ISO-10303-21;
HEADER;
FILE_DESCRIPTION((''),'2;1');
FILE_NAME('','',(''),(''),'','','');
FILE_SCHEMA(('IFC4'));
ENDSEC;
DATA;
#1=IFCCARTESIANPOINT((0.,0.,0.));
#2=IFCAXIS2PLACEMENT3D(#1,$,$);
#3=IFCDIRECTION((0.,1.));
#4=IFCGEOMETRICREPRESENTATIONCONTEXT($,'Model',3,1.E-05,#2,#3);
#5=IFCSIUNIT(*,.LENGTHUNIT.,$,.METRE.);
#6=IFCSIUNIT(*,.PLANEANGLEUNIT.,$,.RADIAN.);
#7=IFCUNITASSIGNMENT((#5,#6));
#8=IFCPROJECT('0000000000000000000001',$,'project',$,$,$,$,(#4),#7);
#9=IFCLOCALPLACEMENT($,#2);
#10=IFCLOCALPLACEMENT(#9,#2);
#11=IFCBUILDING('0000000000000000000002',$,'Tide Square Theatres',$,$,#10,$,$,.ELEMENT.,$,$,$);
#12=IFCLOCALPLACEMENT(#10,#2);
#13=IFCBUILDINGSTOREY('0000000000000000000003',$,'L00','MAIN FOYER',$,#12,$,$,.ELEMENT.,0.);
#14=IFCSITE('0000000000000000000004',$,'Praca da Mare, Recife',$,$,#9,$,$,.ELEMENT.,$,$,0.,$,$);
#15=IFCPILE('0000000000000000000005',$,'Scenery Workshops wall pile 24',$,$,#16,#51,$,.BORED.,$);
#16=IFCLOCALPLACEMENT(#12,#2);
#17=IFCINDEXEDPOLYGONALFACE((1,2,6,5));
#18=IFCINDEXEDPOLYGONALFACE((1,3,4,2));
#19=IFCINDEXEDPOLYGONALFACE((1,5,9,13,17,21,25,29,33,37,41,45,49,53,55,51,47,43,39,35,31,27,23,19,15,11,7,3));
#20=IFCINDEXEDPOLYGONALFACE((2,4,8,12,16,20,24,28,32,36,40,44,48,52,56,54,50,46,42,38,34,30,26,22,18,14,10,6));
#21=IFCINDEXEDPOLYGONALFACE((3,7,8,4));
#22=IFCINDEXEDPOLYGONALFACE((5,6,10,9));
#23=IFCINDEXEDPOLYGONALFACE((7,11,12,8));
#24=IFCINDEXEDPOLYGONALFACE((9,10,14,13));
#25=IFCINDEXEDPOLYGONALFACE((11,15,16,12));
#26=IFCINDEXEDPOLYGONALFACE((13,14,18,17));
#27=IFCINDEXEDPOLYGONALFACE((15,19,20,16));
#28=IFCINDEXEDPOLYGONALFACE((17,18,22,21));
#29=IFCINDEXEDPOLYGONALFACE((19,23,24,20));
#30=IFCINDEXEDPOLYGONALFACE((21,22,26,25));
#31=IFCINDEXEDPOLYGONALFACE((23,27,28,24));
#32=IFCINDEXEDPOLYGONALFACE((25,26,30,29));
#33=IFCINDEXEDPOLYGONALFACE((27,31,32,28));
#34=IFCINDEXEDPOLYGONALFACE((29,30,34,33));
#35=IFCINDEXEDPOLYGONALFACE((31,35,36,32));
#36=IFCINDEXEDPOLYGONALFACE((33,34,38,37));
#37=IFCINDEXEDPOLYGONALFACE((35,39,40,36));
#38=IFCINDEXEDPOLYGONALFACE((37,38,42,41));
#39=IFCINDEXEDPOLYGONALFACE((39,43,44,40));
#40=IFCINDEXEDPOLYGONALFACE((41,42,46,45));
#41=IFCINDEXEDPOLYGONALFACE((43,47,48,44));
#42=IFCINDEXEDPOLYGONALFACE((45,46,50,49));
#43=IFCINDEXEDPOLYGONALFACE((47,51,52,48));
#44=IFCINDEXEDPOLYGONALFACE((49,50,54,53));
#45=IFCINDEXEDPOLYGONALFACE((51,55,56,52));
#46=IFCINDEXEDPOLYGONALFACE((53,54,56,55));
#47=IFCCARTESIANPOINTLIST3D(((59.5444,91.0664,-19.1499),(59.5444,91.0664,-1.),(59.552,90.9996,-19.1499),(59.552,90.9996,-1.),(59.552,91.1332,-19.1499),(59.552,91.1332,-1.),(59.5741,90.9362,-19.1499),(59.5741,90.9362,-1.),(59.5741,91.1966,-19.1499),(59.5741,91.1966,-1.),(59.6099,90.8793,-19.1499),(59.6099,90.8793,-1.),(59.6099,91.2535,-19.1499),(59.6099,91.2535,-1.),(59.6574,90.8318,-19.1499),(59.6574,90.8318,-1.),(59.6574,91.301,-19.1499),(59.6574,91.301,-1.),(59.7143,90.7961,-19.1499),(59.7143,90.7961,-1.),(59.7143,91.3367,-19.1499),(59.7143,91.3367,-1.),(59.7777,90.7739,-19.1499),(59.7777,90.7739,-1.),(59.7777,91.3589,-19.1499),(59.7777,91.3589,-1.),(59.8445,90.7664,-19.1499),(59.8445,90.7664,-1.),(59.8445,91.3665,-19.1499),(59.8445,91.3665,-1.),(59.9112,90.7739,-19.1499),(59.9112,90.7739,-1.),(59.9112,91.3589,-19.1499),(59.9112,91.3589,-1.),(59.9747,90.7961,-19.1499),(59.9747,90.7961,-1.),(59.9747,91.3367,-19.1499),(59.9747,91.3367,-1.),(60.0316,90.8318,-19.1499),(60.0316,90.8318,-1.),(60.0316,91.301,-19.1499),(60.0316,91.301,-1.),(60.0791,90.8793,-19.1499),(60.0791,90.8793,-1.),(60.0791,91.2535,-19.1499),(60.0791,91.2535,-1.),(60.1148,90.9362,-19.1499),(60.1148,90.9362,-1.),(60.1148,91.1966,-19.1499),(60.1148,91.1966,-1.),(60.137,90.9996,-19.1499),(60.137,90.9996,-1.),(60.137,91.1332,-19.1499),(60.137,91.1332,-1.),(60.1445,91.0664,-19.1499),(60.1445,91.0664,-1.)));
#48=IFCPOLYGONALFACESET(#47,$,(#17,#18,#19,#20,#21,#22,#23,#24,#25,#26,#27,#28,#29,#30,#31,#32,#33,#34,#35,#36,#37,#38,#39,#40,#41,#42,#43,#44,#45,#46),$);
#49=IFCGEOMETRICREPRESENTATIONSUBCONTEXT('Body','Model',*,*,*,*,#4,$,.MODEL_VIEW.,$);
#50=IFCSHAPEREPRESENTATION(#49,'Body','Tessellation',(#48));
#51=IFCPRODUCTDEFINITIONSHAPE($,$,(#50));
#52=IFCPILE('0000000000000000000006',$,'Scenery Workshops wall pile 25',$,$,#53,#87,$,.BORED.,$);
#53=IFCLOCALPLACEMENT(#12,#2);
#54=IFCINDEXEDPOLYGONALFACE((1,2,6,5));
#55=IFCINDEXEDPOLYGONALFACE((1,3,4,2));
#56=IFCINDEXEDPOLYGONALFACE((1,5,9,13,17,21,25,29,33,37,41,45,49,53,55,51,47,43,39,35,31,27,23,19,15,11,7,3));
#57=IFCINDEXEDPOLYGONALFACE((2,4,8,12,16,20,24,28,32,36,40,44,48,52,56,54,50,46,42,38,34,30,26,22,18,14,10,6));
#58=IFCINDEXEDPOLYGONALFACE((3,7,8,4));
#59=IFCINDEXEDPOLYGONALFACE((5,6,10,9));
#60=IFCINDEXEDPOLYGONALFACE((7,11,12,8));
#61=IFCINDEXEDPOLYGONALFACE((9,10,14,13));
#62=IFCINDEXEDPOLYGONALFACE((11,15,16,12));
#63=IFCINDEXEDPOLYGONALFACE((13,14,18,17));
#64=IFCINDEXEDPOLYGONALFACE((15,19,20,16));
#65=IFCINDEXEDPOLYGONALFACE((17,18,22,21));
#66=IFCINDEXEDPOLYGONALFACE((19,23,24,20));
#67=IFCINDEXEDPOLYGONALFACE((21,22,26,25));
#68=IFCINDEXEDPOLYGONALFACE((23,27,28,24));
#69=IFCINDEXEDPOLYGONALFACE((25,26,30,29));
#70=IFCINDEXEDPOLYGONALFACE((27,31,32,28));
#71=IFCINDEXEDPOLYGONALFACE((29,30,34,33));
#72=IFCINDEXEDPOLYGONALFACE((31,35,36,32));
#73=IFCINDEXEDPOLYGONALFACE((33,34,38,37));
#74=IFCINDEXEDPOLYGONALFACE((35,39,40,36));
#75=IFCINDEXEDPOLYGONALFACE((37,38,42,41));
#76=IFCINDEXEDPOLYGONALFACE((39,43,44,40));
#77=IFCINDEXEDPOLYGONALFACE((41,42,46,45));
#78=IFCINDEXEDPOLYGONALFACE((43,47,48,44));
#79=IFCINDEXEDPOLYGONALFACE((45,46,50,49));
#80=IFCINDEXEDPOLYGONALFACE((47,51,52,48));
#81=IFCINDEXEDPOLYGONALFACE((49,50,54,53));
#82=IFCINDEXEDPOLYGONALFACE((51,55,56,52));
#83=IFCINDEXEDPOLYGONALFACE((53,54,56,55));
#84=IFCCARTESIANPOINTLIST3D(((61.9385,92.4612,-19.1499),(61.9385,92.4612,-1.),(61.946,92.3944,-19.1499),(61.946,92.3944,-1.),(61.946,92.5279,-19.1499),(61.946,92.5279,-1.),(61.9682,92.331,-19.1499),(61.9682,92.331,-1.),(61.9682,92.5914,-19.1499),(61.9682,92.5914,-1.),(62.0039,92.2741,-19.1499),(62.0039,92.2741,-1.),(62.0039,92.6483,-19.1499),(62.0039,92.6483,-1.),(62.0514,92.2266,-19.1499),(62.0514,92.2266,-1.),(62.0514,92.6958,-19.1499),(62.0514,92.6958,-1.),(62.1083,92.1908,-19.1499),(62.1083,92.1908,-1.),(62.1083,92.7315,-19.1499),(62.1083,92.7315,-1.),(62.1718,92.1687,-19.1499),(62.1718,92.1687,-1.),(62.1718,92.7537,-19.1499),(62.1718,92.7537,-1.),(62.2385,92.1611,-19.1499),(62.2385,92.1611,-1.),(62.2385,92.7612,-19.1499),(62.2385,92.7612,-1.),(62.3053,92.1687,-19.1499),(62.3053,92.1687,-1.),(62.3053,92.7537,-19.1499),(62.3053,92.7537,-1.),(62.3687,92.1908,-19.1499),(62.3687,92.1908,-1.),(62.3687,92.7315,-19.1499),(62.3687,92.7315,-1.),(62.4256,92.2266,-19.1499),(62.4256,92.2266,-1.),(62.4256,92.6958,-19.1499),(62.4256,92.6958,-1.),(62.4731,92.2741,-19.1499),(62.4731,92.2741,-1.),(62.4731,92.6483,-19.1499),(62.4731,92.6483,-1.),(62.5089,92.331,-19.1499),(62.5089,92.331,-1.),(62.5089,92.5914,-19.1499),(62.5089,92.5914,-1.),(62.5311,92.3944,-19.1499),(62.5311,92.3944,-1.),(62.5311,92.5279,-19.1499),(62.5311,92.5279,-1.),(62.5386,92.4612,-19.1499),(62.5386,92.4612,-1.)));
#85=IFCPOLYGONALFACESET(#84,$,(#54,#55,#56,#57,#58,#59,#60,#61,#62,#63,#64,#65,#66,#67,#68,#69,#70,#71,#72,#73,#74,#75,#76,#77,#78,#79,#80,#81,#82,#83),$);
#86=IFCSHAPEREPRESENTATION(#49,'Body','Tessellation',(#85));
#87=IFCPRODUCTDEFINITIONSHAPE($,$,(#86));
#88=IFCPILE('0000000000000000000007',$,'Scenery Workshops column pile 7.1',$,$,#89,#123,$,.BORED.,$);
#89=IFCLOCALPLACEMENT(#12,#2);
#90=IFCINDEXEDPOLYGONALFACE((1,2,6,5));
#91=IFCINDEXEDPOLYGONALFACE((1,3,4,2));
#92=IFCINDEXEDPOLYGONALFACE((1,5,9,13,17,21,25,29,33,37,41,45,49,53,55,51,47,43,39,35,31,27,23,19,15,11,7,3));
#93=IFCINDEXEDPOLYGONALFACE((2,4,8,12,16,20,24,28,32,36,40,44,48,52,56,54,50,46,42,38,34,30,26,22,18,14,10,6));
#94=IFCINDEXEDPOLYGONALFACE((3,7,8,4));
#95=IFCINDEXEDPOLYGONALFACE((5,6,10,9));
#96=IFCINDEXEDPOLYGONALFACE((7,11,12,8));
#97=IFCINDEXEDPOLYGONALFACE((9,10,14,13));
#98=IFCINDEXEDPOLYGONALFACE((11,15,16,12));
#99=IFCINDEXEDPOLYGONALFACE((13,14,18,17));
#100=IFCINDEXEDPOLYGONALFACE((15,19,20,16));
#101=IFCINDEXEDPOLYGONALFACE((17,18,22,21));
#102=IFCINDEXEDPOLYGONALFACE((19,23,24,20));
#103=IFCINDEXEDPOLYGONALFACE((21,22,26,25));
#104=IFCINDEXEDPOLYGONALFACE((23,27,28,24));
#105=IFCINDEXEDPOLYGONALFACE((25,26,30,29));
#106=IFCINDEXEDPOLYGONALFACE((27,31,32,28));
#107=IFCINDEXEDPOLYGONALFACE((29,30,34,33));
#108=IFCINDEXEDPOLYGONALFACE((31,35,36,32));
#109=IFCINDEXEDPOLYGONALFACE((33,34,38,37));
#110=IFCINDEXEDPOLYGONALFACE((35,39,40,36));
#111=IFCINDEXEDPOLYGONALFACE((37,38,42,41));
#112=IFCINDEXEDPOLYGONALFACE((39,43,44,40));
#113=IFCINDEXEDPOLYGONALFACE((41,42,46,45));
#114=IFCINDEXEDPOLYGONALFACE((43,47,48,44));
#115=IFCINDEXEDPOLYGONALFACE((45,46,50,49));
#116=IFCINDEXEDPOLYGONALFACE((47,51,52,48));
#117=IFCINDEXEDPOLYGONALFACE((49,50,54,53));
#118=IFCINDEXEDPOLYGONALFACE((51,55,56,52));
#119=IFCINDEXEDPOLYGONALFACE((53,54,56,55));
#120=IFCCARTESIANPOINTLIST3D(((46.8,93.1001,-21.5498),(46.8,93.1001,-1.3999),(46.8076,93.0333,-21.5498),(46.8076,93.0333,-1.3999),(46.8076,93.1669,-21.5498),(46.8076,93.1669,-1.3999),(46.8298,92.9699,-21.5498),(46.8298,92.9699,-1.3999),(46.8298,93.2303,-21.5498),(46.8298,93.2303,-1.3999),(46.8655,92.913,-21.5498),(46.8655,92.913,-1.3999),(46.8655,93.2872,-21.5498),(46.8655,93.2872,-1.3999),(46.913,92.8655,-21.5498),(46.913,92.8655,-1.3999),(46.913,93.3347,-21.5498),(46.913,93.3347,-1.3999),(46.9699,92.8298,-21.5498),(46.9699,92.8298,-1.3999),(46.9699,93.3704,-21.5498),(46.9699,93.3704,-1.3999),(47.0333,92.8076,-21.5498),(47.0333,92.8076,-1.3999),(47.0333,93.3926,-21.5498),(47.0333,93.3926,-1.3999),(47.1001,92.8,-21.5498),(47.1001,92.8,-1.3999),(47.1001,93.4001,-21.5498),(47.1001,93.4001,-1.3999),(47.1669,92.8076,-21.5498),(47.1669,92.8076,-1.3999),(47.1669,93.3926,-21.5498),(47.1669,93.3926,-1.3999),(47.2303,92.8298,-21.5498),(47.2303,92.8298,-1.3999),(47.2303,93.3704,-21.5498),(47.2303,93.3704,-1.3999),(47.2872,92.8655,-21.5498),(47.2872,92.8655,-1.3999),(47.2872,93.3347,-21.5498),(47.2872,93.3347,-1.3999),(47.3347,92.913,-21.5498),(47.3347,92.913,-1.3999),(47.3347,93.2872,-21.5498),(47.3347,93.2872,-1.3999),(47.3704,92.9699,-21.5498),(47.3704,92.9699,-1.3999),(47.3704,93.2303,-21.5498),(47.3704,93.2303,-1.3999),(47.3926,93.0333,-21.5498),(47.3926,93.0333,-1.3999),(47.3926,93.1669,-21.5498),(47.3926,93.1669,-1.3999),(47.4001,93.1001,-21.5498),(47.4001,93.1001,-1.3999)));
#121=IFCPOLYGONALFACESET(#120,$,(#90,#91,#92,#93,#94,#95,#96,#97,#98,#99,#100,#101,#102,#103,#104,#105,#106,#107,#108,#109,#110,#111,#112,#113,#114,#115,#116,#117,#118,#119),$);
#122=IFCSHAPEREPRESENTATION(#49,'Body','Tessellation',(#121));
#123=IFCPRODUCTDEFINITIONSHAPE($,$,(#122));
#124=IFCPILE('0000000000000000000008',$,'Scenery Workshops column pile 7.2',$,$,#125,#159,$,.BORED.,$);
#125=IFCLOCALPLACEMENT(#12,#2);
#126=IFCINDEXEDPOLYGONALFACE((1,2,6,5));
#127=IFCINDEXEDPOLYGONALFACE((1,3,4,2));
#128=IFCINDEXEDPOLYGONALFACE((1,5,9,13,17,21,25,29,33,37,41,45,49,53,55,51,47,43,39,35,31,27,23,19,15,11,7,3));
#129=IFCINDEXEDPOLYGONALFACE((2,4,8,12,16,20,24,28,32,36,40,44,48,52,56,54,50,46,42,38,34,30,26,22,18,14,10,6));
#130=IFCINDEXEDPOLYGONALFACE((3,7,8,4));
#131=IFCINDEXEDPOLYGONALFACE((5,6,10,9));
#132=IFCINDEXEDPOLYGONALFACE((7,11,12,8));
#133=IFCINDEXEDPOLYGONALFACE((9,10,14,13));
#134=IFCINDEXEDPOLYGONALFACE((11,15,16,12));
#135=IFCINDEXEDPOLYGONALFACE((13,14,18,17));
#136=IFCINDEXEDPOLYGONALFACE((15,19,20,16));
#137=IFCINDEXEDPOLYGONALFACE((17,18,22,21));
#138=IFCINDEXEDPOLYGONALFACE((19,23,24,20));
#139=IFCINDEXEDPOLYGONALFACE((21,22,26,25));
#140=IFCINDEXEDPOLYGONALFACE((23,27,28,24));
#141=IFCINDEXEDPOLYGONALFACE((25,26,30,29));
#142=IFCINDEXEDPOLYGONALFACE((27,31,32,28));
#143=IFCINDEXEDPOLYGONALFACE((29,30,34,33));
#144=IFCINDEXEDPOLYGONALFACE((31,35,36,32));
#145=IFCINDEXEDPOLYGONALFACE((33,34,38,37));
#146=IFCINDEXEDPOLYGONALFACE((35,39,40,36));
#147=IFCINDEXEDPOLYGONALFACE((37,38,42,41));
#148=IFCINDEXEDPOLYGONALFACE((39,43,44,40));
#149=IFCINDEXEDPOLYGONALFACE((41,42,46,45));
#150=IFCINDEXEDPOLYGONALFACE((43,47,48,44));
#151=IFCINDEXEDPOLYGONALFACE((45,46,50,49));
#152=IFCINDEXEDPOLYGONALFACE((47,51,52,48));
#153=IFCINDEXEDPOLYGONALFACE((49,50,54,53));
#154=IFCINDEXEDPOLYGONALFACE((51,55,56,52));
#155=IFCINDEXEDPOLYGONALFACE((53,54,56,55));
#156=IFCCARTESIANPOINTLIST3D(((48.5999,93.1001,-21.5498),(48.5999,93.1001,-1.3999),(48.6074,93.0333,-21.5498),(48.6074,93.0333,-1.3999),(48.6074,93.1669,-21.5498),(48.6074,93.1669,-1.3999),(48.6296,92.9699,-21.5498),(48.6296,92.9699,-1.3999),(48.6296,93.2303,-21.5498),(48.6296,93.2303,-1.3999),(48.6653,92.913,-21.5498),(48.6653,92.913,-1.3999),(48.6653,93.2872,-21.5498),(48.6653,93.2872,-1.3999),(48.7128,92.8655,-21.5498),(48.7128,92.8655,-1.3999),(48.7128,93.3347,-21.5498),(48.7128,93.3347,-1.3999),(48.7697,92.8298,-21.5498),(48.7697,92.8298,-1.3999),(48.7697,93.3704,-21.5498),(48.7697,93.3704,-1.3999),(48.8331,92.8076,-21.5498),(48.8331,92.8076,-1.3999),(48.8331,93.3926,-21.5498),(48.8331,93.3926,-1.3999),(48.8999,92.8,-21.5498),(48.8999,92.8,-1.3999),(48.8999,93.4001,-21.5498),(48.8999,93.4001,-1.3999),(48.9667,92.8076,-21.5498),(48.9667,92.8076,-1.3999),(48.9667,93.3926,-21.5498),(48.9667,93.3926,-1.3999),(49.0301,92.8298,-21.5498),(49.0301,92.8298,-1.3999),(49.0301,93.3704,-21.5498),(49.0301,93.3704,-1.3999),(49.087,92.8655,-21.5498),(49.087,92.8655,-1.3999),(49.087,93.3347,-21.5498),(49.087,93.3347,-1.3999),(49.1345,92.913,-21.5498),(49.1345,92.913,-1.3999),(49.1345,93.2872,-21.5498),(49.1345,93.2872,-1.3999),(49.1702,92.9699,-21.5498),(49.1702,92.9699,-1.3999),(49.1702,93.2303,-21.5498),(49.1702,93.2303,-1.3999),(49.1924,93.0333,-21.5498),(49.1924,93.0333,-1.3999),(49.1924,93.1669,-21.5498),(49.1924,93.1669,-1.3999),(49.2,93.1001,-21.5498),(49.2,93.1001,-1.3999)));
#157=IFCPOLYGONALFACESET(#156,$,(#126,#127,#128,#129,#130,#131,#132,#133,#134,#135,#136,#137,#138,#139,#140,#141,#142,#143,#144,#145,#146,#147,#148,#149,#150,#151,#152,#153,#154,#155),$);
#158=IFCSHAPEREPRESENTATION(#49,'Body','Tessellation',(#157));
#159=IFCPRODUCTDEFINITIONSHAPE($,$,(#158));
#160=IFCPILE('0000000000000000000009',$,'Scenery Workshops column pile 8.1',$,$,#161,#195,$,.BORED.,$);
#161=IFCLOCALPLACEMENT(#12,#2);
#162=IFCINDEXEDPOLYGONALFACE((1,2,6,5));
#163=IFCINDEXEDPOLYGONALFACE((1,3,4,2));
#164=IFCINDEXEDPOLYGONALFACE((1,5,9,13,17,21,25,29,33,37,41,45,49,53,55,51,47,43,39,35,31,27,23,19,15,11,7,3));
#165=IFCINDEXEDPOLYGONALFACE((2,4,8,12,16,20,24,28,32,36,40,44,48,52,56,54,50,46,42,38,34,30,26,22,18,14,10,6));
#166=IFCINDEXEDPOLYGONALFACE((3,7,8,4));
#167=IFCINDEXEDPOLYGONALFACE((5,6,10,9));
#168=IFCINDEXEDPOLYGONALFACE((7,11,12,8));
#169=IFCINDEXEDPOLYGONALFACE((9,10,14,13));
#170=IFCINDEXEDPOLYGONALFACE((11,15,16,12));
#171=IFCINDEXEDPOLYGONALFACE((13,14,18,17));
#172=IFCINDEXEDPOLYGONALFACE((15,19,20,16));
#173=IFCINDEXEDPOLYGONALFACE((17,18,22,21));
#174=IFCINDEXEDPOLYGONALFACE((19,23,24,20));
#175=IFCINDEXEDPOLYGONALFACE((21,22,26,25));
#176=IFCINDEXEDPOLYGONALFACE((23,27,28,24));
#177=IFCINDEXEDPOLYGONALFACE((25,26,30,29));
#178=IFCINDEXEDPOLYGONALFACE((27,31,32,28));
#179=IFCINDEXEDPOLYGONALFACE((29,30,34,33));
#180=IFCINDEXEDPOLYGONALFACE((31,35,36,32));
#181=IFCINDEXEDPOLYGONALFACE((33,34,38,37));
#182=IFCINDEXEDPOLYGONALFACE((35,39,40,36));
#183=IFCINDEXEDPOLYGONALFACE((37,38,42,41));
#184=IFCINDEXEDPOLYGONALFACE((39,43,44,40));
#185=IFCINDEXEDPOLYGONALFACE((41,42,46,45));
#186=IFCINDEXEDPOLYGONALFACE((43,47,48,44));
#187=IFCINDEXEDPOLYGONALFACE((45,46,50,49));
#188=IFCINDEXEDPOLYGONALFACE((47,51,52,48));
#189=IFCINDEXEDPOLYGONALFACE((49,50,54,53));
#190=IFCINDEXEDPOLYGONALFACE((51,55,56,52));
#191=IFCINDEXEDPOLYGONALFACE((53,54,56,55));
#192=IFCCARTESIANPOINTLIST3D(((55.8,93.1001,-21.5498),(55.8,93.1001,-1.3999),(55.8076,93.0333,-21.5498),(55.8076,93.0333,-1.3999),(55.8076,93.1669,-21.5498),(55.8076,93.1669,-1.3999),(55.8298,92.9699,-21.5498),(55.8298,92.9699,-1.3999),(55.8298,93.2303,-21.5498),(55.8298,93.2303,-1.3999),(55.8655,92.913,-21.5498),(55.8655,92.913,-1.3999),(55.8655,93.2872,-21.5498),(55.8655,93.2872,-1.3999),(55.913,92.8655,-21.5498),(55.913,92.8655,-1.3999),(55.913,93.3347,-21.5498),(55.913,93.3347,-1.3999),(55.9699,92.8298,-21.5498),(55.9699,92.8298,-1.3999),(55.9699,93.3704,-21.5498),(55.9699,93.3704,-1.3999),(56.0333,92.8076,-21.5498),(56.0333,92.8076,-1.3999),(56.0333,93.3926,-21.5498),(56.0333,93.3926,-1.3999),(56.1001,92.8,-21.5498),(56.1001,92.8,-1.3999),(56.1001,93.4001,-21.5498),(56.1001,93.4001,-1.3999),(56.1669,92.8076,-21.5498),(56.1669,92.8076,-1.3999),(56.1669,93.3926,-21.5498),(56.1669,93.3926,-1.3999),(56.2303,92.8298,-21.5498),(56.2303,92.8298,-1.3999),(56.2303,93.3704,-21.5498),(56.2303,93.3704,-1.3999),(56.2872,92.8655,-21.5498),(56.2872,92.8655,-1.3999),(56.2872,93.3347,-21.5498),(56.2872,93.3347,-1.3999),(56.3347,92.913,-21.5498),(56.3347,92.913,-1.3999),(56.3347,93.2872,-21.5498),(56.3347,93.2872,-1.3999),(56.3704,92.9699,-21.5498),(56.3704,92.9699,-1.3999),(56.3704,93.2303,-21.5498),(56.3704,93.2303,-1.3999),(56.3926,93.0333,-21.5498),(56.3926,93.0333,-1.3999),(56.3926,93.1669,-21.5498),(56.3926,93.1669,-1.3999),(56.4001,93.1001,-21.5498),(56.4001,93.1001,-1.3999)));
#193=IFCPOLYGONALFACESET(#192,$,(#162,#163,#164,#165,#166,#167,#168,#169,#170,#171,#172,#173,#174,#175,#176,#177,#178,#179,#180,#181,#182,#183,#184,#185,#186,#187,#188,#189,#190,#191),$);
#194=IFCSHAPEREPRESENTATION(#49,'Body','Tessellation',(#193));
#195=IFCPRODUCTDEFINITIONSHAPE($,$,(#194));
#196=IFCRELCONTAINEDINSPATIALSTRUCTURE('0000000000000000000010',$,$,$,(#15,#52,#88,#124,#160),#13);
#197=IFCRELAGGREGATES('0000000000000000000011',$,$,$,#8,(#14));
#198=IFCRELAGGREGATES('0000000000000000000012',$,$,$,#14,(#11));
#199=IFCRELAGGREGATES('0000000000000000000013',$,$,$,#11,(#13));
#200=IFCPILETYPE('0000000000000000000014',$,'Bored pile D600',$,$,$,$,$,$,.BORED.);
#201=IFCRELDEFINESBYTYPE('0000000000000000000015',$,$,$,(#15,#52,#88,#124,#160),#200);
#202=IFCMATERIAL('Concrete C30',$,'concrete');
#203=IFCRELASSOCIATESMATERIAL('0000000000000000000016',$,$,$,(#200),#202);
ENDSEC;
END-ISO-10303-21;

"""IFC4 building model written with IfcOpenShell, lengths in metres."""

from ifc_helpers import new_model, si_unit, direction, frame, origin, origin_2d, place, context, subcontext, project, spatial, circle, extrude, material, material_profile, profile_set, type_object, element, save


model = new_model("IFC4")

# Units and contexts
model_context = context("Model", 3, precision=1e-05, world=origin(), true_north=direction((0.0, 1.0)))
body_context = subcontext(model_context, "Body", "Model", "MODEL_VIEW")
ifc_project = project(units=[si_unit("LENGTHUNIT", "METRE"), si_unit("PLANEANGLEUNIT", "RADIAN")], contexts=[model_context])

# Site, building, storey
site_placement = place(None, origin())
site = spatial("IfcSite", under=ifc_project, at=site_placement, Name="Praca da Mare, Recife", CompositionType="ELEMENT", RefElevation=0.0)
building_placement = place(site_placement, origin())
building = spatial("IfcBuilding", under=site, at=building_placement, Name="Tide Square Theatres", CompositionType="ELEMENT")
storey_placement = place(building_placement, origin())
storey = spatial("IfcBuildingStorey", under=building, at=storey_placement, Name="L00", Description="MAIN FOYER", CompositionType="ELEMENT", Elevation=0.0)

# Piles
ifc_material_1 = material(Name="Concrete C30", Category="concrete")
ifc_material_profile_1 = material_profile(ifc_material_1, circle(Radius=0.3, at=origin_2d()))
ifc_profile_set_1 = profile_set([ifc_material_profile_1], Name="Concrete C30")
pile_type = type_object("IfcPileType", Name="Bored pile D600", PredefinedType="BORED", material=ifc_profile_set_1)
for number, where, z_axis, x_axis, name in (
    (1, (59.8445, 91.0664, -1.0), (0.0, 0.0, -1.0), (1.0, 0.0, 0.0), "Scenery Workshops wall pile 24"),
    (2, (62.2385, 92.4612, -1.0), (0.0, 0.0, -1.0), (1.0, 0.0, 0.0), "Scenery Workshops wall pile 25"),
):
    element("IfcPile", number, at=place(storey_placement, frame(where, z_axis=z_axis, x_axis=x_axis)), inside=storey, type_object=pile_type, Name=name, PredefinedType="BORED", context=body_context, shape_type="SweptSolid", body=[
        extrude(circle(Radius=0.3, at=origin_2d()), origin(), (0.0, 0.0, 1.0), 18.1499),
    ])
for number, where, z_axis, x_axis, name in (
    (3, (47.1001, 93.1001, -1.3999), (0.0, 0.0, -1.0), (1.0, 0.0, 0.0), "Scenery Workshops column pile 7.1"),
    (4, (48.8999, 93.1001, -1.3999), (0.0, 0.0, -1.0), (1.0, 0.0, 0.0), "Scenery Workshops column pile 7.2"),
    (5, (56.1001, 93.1001, -1.3999), (0.0, 0.0, -1.0), (1.0, 0.0, 0.0), "Scenery Workshops column pile 8.1"),
):
    element("IfcPile", number, at=place(storey_placement, frame(where, z_axis=z_axis, x_axis=x_axis)), inside=storey, type_object=pile_type, Name=name, PredefinedType="BORED", context=body_context, shape_type="SweptSolid", body=[
        extrude(circle(Radius=0.3, at=origin_2d()), origin(), (0.0, 0.0, 1.0), 20.1499),
    ])

save(model, "model.ifc")
